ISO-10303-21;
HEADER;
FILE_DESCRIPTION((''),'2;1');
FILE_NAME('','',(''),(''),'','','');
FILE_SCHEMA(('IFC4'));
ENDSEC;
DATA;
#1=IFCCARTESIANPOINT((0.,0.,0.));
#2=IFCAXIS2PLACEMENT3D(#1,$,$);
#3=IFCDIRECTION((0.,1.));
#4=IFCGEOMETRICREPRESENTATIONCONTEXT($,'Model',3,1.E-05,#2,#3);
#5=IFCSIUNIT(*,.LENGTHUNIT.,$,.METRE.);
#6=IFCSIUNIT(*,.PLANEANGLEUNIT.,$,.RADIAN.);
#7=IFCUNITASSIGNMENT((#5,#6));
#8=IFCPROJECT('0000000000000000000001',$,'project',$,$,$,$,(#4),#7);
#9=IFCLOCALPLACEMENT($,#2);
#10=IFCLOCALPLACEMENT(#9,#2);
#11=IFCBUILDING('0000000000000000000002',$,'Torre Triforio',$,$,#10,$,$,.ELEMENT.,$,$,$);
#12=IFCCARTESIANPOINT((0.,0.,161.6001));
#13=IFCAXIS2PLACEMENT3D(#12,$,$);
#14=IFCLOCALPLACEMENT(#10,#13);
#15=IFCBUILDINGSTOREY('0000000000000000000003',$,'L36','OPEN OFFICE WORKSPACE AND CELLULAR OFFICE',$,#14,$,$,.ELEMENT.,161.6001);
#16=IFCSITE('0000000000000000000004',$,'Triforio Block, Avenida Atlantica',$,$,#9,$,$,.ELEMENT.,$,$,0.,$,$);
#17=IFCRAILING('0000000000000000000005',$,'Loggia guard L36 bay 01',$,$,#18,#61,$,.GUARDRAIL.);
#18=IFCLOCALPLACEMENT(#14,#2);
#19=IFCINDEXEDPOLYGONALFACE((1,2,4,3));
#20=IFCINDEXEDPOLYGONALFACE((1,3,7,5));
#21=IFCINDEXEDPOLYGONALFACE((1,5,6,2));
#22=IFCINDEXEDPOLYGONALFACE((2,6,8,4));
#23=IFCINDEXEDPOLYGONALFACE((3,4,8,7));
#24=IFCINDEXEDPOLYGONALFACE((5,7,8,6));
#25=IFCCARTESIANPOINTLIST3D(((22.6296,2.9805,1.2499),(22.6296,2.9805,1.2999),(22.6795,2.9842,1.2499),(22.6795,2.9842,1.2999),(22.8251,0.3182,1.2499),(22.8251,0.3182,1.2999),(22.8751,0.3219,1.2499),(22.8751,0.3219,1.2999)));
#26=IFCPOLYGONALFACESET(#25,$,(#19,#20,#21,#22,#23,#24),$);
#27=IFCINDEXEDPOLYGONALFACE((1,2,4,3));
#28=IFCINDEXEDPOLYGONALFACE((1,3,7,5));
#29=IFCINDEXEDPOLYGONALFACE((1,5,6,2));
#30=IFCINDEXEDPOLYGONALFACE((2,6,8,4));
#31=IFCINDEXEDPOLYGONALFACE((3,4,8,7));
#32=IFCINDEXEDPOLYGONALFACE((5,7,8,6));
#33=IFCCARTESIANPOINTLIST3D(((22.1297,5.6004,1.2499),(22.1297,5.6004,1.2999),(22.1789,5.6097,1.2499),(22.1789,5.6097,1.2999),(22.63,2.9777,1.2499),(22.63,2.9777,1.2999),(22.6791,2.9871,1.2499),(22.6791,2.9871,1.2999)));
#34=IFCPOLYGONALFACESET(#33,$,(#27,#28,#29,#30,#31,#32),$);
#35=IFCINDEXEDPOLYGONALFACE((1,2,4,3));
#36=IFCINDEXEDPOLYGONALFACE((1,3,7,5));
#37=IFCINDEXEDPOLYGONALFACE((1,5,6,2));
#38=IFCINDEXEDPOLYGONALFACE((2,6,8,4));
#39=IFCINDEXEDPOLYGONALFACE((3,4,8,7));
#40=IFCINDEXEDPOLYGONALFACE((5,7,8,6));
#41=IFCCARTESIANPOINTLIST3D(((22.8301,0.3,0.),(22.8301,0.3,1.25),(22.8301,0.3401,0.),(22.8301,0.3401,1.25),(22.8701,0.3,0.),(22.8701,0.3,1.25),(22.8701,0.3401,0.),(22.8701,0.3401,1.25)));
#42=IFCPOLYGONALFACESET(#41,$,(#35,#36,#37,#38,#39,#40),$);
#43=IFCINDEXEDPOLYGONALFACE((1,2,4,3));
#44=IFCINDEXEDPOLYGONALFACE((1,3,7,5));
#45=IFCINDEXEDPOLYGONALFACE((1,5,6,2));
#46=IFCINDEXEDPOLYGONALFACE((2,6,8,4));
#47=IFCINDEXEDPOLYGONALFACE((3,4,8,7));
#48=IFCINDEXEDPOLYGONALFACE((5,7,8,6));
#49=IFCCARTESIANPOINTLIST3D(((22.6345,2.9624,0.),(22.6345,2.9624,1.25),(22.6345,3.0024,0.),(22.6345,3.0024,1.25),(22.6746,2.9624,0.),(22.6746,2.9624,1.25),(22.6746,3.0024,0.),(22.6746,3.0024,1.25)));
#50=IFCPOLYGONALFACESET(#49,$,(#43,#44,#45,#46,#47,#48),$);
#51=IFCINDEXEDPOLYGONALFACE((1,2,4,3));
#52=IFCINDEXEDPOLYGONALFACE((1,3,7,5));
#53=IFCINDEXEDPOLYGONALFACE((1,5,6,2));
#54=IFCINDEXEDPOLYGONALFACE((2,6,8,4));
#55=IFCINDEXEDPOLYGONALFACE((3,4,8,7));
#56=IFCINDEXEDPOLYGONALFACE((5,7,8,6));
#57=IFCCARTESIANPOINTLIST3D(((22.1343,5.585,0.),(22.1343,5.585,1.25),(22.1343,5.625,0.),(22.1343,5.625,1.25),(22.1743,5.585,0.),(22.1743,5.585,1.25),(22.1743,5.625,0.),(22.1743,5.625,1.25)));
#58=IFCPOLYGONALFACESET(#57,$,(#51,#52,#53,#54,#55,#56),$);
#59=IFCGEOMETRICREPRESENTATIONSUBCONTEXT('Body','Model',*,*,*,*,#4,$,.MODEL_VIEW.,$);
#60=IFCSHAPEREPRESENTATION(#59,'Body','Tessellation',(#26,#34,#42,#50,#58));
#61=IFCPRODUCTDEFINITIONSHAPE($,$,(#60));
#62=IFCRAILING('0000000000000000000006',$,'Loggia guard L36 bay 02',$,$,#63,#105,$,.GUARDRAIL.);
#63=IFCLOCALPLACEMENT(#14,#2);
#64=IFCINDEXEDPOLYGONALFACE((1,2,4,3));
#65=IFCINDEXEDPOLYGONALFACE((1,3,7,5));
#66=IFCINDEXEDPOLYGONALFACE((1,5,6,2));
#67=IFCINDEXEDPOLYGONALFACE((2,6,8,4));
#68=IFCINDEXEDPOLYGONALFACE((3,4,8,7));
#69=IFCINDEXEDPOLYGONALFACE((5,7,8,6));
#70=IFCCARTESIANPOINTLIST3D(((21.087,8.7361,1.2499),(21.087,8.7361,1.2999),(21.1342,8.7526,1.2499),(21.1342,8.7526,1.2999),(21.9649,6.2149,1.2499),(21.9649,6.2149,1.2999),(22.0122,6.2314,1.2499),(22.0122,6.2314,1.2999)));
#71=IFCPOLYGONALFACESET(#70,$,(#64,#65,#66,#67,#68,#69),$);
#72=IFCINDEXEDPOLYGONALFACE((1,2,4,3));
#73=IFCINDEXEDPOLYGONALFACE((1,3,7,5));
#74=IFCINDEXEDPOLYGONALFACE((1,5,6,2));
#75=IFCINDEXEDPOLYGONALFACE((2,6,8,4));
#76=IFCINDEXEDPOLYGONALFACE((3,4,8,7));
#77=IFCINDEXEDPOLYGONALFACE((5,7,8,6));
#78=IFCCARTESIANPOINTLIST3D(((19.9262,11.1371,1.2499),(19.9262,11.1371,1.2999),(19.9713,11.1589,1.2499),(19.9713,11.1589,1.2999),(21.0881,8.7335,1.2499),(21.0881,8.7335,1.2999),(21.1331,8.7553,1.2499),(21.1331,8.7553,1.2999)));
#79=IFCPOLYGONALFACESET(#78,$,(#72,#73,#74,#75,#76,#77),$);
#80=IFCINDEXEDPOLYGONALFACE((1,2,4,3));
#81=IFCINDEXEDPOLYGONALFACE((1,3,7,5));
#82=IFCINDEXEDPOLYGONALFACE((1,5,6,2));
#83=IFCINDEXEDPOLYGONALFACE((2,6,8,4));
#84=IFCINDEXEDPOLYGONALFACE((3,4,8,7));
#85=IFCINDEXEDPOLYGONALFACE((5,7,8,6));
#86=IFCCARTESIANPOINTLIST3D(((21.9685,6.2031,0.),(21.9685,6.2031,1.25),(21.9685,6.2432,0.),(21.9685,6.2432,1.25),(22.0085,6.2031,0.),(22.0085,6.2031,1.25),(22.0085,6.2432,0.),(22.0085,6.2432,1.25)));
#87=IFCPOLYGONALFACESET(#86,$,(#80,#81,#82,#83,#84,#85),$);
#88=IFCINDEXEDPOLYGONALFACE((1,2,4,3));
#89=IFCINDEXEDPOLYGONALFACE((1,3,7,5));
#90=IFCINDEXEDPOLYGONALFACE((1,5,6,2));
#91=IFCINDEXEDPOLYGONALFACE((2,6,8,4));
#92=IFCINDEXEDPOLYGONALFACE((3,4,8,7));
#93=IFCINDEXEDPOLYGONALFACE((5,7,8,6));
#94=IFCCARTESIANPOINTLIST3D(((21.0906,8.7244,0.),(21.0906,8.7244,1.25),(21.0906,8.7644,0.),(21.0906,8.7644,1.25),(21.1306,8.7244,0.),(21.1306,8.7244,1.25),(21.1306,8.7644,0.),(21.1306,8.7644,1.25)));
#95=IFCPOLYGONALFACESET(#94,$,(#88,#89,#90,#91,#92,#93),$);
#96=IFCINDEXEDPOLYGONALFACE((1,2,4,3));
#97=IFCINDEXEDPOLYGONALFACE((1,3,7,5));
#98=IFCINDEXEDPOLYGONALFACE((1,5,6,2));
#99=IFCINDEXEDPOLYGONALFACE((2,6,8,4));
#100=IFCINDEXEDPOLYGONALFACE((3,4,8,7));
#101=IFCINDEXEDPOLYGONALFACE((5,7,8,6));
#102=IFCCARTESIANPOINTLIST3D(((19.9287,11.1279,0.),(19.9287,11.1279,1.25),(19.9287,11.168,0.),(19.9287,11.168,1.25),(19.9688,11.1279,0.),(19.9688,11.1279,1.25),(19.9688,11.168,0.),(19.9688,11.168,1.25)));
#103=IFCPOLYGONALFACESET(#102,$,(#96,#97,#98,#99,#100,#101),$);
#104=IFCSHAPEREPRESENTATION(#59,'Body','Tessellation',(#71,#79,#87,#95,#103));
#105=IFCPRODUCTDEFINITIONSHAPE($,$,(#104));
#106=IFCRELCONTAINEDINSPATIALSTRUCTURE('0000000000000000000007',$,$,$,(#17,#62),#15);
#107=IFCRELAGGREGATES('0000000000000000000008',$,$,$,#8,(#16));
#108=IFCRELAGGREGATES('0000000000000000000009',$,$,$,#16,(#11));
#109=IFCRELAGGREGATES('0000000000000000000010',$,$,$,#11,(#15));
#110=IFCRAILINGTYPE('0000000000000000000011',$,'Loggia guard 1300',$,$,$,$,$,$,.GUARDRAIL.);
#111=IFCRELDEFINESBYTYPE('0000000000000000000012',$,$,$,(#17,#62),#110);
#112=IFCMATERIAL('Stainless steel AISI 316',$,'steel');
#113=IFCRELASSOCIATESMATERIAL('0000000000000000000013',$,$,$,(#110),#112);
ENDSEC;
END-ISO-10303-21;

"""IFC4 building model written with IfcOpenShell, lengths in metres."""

from ifc_helpers import new_model, si_unit, direction, frame, origin, origin_2d, place, context, subcontext, project, spatial, rectangle, extrude, material, type_object, element, save


model = new_model("IFC4")

# Units and contexts
model_context = context("Model", 3, precision=1e-05, world=origin(), true_north=direction((0.0, 1.0)))
body_context = subcontext(model_context, "Body", "Model", "MODEL_VIEW")
ifc_project = project(units=[si_unit("LENGTHUNIT", "METRE"), si_unit("PLANEANGLEUNIT", "RADIAN")], contexts=[model_context])

# Site, building, storey
site_placement = place(None, origin())
site = spatial("IfcSite", under=ifc_project, at=site_placement, Name="Triforio Block, Avenida Atlantica", CompositionType="ELEMENT", RefElevation=0.0)
building_placement = place(site_placement, origin())
building = spatial("IfcBuilding", under=site, at=building_placement, Name="Torre Triforio", CompositionType="ELEMENT")
storey_placement = place(building_placement, frame((0.0, 0.0, 161.6001)))
storey = spatial("IfcBuildingStorey", under=building, at=storey_placement, Name="L36", Description="OPEN OFFICE WORKSPACE AND CELLULAR OFFICE", CompositionType="ELEMENT", Elevation=161.6001)

# Railings
ifc_material_1 = material(Name="Stainless steel AISI 316", Category="steel")
railing_type = type_object("IfcRailingType", Name="Loggia guard 1300", PredefinedType="GUARDRAIL", material=ifc_material_1)
railing_1_placement = place(storey_placement, frame((22.8501, 0.3201, 0.0)))
element("IfcRailing", 1, at=railing_1_placement, inside=storey, type_object=railing_type, Name="Loggia guard L36 bay 01", PredefinedType="GUARDRAIL", context=body_context, shape_type="SweptSolid", body=[
    extrude(rectangle(XDim=0.05, YDim=0.05, at=origin_2d()), frame((0.0, 0.0, 1.2749), z_axis=(-0.073255, 0.997313, 0.0), x_axis=(-0.997313, -0.073255, 0.0)), (0.0, 0.0, 1.0), 2.6694),
    extrude(rectangle(XDim=0.05, YDim=0.05, at=origin_2d()), frame((-0.1956, 2.6624, 1.2749), z_axis=(-0.187368, 0.98229, 0.0), x_axis=(-0.98229, -0.187368, 0.0)), (0.0, 0.0, 1.0), 2.6699),
    extrude(rectangle(XDim=0.04, YDim=0.04, at=origin_2d()), origin(), (0.0, 0.0, 1.0), 1.25),
    extrude(rectangle(XDim=0.04, YDim=0.04, at=origin_2d()), frame((-0.1956, 2.6624, 0.0)), (0.0, 0.0, 1.0), 1.25),
    extrude(rectangle(XDim=0.04, YDim=0.04, at=origin_2d()), frame((-0.6958, 5.2849, 0.0)), (0.0, 0.0, 1.0), 1.25),
])
railing_2_placement = place(storey_placement, frame((21.9885, 6.2231, 0.0)))
element("IfcRailing", 2, at=railing_2_placement, inside=storey, type_object=railing_type, Name="Loggia guard L36 bay 02", PredefinedType="GUARDRAIL", context=body_context, shape_type="SweptSolid", body=[
    extrude(rectangle(XDim=0.05, YDim=0.05, at=origin_2d()), frame((0.0, 0.0, 1.2749), z_axis=(-0.328847, 0.944383, 0.0), x_axis=(-0.944383, -0.328847, 0.0)), (0.0, 0.0, 1.0), 2.6697),
    extrude(rectangle(XDim=0.05, YDim=0.05, at=origin_2d()), frame((-0.8779, 2.5212, 1.2749), z_axis=(-0.435212, 0.900328, 0.0), x_axis=(-0.900328, -0.435212, 0.0)), (0.0, 0.0, 1.0), 2.6697),
    extrude(rectangle(XDim=0.04, YDim=0.04, at=origin_2d()), origin(), (0.0, 0.0, 1.0), 1.25),
    extrude(rectangle(XDim=0.04, YDim=0.04, at=origin_2d()), frame((-0.8779, 2.5212, 0.0)), (0.0, 0.0, 1.0), 1.25),
    extrude(rectangle(XDim=0.04, YDim=0.04, at=origin_2d()), frame((-2.0398, 4.9248, 0.0)), (0.0, 0.0, 1.0), 1.25),
])

save(model, "model.ifc")
